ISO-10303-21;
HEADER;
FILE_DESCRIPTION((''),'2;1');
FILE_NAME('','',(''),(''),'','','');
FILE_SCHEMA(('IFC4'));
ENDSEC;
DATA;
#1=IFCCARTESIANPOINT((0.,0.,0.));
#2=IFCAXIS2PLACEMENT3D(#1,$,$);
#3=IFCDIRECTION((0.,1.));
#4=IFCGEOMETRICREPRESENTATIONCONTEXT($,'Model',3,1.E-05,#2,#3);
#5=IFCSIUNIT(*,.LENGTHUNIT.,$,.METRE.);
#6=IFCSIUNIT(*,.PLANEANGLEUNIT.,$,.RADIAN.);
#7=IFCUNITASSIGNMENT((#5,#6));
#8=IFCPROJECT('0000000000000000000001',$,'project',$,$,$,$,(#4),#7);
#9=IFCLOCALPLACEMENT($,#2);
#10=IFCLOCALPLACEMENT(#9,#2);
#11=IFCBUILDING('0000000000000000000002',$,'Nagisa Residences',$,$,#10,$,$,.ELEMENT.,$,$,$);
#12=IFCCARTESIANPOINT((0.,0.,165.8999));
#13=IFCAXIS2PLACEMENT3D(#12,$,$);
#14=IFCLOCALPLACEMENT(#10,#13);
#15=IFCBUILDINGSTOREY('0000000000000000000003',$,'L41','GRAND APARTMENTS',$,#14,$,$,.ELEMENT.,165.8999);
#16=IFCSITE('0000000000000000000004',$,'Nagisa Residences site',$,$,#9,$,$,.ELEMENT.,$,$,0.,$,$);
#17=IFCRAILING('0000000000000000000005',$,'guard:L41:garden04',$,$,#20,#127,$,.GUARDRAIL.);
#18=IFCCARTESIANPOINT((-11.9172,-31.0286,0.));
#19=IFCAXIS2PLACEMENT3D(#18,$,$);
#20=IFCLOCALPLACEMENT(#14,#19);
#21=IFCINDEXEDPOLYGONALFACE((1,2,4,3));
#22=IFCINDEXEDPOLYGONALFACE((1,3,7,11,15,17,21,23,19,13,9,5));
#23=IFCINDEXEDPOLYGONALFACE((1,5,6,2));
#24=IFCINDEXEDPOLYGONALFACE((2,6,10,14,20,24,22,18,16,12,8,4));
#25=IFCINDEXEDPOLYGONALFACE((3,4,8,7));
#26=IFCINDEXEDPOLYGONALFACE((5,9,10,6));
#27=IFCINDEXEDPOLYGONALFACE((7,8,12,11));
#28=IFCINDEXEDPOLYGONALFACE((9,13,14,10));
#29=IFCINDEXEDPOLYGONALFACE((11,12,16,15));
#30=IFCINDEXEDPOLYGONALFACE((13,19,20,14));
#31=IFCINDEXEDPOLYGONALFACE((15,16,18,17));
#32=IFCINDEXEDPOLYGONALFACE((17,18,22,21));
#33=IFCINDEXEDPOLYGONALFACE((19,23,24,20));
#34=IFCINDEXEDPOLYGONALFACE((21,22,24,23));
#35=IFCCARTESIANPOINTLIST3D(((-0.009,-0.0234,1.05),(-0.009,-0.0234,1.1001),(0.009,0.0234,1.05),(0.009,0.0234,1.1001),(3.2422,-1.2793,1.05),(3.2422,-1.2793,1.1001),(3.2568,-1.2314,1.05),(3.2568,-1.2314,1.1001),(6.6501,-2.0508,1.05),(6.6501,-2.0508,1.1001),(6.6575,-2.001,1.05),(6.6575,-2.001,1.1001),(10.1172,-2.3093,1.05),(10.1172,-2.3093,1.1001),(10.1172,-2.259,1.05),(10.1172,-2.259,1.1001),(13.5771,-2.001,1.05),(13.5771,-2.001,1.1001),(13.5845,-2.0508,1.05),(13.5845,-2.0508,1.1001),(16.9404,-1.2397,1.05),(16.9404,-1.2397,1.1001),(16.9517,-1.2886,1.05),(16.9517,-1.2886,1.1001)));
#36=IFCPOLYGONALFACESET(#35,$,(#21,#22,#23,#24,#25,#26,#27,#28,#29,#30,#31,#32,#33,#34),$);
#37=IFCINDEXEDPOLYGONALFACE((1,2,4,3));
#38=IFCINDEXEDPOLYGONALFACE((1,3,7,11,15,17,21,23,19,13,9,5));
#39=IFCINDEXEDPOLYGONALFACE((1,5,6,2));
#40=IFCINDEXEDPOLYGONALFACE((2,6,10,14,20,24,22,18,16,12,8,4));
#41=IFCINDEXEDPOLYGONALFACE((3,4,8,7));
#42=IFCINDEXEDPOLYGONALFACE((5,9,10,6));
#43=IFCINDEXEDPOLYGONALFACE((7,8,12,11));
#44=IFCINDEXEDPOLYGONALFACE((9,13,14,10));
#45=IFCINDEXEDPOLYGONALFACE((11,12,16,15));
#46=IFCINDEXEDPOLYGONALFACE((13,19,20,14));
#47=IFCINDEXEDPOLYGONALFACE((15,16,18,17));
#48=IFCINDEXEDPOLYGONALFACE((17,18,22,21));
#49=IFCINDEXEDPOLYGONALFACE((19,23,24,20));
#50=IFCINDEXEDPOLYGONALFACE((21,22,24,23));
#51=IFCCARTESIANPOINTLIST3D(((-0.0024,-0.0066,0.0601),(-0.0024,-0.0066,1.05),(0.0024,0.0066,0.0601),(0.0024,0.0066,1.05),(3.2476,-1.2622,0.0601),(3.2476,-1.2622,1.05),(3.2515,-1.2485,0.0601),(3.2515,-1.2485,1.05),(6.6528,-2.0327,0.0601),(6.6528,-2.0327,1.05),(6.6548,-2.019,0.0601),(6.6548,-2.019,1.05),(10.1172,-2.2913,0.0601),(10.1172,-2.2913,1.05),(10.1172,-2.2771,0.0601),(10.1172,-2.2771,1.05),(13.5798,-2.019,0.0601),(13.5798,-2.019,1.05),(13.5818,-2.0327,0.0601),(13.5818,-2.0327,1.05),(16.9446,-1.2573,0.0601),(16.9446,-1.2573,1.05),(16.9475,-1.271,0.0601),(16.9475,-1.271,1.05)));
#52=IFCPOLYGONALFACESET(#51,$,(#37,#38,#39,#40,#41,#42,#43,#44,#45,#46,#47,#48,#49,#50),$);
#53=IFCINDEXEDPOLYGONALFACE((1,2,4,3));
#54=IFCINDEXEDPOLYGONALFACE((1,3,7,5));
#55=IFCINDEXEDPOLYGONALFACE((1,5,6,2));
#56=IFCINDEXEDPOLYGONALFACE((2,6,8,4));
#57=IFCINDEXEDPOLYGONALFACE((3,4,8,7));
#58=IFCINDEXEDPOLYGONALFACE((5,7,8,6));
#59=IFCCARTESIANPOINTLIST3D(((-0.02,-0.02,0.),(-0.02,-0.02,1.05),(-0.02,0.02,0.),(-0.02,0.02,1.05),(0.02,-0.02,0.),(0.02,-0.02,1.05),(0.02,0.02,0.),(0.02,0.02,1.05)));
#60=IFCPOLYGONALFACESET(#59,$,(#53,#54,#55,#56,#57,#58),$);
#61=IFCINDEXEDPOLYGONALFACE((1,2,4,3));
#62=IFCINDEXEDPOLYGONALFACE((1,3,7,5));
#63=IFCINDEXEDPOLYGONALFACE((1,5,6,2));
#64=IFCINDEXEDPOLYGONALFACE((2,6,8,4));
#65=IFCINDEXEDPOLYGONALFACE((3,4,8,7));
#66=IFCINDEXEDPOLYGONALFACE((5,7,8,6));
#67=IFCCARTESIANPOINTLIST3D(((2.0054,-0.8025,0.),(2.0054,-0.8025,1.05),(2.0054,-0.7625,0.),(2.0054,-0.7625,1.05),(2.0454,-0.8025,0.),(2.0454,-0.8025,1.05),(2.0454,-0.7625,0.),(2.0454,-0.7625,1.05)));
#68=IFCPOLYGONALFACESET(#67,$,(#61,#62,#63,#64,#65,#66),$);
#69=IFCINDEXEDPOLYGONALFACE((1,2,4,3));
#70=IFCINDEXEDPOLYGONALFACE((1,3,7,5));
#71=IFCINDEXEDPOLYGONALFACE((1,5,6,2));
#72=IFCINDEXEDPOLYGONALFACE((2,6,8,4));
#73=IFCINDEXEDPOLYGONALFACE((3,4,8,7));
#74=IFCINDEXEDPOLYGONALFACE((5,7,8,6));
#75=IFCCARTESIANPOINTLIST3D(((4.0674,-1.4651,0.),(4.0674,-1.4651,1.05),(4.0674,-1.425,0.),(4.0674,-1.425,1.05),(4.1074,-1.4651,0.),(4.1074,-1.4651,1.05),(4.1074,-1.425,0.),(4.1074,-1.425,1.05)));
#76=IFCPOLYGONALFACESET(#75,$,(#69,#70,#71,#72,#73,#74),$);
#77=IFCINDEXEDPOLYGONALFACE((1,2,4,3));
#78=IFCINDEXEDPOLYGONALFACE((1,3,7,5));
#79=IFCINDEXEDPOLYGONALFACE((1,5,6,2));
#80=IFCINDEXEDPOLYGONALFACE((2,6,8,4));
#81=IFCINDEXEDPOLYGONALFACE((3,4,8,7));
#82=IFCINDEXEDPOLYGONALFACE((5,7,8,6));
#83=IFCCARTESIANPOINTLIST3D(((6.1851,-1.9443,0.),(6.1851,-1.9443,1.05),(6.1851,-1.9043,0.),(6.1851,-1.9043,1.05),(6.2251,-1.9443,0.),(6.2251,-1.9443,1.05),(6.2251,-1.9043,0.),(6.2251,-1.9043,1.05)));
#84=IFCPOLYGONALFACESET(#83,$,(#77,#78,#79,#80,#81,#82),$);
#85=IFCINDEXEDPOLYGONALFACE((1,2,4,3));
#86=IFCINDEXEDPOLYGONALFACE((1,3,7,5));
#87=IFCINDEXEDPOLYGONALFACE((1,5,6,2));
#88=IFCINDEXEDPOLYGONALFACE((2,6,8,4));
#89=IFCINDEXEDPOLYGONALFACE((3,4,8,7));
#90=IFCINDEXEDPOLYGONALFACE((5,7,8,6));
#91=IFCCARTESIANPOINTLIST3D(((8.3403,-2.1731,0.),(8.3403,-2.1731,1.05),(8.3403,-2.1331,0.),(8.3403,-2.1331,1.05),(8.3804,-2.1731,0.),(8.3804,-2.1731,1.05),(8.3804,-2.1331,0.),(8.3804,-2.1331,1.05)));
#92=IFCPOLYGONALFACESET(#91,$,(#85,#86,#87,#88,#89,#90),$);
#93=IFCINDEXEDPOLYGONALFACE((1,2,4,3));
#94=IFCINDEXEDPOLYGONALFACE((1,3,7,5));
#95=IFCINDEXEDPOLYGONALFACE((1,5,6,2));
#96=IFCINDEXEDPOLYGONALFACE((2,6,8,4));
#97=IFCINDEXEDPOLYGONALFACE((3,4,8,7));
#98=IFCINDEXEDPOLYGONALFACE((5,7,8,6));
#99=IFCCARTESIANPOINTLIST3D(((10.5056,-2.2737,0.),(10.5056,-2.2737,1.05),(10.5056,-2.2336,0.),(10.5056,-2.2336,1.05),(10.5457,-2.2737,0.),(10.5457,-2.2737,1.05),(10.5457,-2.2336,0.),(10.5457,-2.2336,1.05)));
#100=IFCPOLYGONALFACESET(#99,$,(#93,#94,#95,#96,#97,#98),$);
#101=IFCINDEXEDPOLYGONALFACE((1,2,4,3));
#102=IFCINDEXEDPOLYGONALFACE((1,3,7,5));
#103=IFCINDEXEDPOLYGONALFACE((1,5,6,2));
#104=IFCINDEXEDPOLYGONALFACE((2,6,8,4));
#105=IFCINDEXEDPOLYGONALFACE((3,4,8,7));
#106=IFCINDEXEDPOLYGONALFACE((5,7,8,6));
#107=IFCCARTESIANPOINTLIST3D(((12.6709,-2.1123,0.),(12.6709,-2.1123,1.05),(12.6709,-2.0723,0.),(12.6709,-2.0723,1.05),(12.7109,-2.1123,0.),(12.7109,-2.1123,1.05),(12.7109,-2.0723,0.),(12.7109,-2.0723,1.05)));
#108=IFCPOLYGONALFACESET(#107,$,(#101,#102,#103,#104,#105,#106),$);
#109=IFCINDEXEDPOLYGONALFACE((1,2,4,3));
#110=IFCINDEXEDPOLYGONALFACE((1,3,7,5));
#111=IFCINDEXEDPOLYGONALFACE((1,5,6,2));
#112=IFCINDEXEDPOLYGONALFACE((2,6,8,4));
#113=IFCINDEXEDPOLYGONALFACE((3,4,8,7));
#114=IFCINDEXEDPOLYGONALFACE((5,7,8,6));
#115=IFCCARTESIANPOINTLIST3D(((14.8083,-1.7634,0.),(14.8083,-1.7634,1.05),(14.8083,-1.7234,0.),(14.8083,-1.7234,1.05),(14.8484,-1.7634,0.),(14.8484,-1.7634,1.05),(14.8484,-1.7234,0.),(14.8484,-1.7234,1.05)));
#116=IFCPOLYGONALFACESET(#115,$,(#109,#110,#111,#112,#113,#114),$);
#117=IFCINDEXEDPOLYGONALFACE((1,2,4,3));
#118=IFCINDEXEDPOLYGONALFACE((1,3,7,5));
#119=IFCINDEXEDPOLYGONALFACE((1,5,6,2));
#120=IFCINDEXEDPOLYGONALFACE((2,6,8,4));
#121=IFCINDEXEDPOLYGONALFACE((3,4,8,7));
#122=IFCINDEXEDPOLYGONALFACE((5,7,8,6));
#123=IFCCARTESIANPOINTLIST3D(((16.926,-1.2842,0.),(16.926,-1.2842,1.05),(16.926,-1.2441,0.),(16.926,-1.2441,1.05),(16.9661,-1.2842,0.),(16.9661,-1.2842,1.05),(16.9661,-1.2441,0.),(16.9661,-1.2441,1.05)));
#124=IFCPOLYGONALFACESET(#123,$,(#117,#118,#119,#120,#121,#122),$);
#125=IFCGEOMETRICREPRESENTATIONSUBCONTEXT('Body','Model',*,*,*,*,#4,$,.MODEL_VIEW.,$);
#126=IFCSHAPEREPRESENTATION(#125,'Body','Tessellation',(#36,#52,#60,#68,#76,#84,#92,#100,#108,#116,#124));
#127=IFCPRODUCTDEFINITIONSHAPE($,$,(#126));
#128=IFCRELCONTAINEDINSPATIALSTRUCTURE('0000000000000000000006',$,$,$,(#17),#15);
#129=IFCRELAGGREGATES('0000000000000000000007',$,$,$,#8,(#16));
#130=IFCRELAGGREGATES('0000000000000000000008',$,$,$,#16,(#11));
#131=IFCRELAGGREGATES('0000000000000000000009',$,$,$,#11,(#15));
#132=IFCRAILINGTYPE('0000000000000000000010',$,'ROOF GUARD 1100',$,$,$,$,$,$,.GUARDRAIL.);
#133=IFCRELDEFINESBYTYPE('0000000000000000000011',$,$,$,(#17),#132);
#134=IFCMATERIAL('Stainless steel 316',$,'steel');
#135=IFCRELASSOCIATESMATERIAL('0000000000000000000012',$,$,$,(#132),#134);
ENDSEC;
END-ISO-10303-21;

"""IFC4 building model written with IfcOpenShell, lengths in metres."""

from ifc_helpers import new_model, si_unit, direction, frame, origin, origin_2d, place, context, subcontext, project, spatial, polyline, rectangle, outline, extrude, material, type_object, element, save


model = new_model("IFC4")

# Units and contexts
model_context = context("Model", 3, precision=1e-05, world=origin(), true_north=direction((0.0, 1.0)))
body_context = subcontext(model_context, "Body", "Model", "MODEL_VIEW")
ifc_project = project(units=[si_unit("LENGTHUNIT", "METRE"), si_unit("PLANEANGLEUNIT", "RADIAN")], contexts=[model_context])

# Site, building, storey
site_placement = place(None, origin())
site = spatial("IfcSite", under=ifc_project, at=site_placement, Name="Nagisa Residences site", CompositionType="ELEMENT", RefElevation=0.0)
building_placement = place(site_placement, origin())
building = spatial("IfcBuilding", under=site, at=building_placement, Name="Nagisa Residences", CompositionType="ELEMENT")
storey_placement = place(building_placement, frame((0.0, 0.0, 165.8999)))
storey = spatial("IfcBuildingStorey", under=building, at=storey_placement, Name="L41", Description="GRAND APARTMENTS", CompositionType="ELEMENT", Elevation=165.8999)

# Railing
ifc_material_1 = material(Name="Stainless steel 316", Category="steel")
railing_type = type_object("IfcRailingType", Name="ROOF GUARD 1100", PredefinedType="GUARDRAIL", material=ifc_material_1)
railing_1_placement = place(storey_placement, frame((-11.9172, -31.0286, 0.0)))
element("IfcRailing", 1, at=railing_1_placement, inside=storey, type_object=railing_type, Name="guard:L41:garden04", PredefinedType="GUARDRAIL", context=body_context, shape_type="SweptSolid", body=[
    extrude(outline(polyline([(3.2568, -1.2314), (0.009, 0.0234), (-0.009, -0.0234), (3.2422, -1.2793), (6.6501, -2.0508), (10.1172, -2.3093), (13.5845, -2.0508), (16.9517, -1.2886), (16.9404, -1.2397), (13.5771, -2.001), (10.1172, -2.259), (6.6575, -2.001), (3.2568, -1.2314)])), frame((0.0, 0.0, 1.05)), (0.0, 0.0, 1.0), 0.05),
    extrude(outline(polyline([(3.2515, -1.2485), (0.0024, 0.0066), (-0.0024, -0.0066), (3.2476, -1.2622), (6.6528, -2.0327), (10.1172, -2.2913), (13.5818, -2.0327), (16.9475, -1.271), (16.9446, -1.2573), (13.5798, -2.019), (10.1172, -2.2771), (6.6548, -2.019), (3.2515, -1.2485)])), frame((0.0, 0.0, 0.0601)), (0.0, 0.0, 1.0), 0.99),
    extrude(rectangle(XDim=0.04, YDim=0.04, at=origin_2d()), origin(), (0.0, 0.0, 1.0), 1.05),
    extrude(rectangle(XDim=0.04, YDim=0.04, at=origin_2d()), frame((2.0254, -0.7825, 0.0)), (0.0, 0.0, 1.0), 1.05),
    extrude(rectangle(XDim=0.04, YDim=0.04, at=origin_2d()), frame((4.0874, -1.4451, 0.0)), (0.0, 0.0, 1.0), 1.05),
    extrude(rectangle(XDim=0.04, YDim=0.04, at=origin_2d()), frame((6.2051, -1.9243, 0.0)), (0.0, 0.0, 1.0), 1.05),
    extrude(rectangle(XDim=0.04, YDim=0.04, at=origin_2d()), frame((8.3604, -2.1531, 0.0)), (0.0, 0.0, 1.0), 1.05),
    extrude(rectangle(XDim=0.04, YDim=0.04, at=origin_2d()), frame((10.5256, -2.2537, 0.0)), (0.0, 0.0, 1.0), 1.05),
    extrude(rectangle(XDim=0.04, YDim=0.04, at=origin_2d()), frame((12.6909, -2.0923, 0.0)), (0.0, 0.0, 1.0), 1.05),
    extrude(rectangle(XDim=0.04, YDim=0.04, at=origin_2d()), frame((14.8284, -1.7434, 0.0)), (0.0, 0.0, 1.0), 1.05),
    extrude(rectangle(XDim=0.04, YDim=0.04, at=origin_2d()), frame((16.946, -1.2642, 0.0)), (0.0, 0.0, 1.0), 1.05),
])

save(model, "model.ifc")
